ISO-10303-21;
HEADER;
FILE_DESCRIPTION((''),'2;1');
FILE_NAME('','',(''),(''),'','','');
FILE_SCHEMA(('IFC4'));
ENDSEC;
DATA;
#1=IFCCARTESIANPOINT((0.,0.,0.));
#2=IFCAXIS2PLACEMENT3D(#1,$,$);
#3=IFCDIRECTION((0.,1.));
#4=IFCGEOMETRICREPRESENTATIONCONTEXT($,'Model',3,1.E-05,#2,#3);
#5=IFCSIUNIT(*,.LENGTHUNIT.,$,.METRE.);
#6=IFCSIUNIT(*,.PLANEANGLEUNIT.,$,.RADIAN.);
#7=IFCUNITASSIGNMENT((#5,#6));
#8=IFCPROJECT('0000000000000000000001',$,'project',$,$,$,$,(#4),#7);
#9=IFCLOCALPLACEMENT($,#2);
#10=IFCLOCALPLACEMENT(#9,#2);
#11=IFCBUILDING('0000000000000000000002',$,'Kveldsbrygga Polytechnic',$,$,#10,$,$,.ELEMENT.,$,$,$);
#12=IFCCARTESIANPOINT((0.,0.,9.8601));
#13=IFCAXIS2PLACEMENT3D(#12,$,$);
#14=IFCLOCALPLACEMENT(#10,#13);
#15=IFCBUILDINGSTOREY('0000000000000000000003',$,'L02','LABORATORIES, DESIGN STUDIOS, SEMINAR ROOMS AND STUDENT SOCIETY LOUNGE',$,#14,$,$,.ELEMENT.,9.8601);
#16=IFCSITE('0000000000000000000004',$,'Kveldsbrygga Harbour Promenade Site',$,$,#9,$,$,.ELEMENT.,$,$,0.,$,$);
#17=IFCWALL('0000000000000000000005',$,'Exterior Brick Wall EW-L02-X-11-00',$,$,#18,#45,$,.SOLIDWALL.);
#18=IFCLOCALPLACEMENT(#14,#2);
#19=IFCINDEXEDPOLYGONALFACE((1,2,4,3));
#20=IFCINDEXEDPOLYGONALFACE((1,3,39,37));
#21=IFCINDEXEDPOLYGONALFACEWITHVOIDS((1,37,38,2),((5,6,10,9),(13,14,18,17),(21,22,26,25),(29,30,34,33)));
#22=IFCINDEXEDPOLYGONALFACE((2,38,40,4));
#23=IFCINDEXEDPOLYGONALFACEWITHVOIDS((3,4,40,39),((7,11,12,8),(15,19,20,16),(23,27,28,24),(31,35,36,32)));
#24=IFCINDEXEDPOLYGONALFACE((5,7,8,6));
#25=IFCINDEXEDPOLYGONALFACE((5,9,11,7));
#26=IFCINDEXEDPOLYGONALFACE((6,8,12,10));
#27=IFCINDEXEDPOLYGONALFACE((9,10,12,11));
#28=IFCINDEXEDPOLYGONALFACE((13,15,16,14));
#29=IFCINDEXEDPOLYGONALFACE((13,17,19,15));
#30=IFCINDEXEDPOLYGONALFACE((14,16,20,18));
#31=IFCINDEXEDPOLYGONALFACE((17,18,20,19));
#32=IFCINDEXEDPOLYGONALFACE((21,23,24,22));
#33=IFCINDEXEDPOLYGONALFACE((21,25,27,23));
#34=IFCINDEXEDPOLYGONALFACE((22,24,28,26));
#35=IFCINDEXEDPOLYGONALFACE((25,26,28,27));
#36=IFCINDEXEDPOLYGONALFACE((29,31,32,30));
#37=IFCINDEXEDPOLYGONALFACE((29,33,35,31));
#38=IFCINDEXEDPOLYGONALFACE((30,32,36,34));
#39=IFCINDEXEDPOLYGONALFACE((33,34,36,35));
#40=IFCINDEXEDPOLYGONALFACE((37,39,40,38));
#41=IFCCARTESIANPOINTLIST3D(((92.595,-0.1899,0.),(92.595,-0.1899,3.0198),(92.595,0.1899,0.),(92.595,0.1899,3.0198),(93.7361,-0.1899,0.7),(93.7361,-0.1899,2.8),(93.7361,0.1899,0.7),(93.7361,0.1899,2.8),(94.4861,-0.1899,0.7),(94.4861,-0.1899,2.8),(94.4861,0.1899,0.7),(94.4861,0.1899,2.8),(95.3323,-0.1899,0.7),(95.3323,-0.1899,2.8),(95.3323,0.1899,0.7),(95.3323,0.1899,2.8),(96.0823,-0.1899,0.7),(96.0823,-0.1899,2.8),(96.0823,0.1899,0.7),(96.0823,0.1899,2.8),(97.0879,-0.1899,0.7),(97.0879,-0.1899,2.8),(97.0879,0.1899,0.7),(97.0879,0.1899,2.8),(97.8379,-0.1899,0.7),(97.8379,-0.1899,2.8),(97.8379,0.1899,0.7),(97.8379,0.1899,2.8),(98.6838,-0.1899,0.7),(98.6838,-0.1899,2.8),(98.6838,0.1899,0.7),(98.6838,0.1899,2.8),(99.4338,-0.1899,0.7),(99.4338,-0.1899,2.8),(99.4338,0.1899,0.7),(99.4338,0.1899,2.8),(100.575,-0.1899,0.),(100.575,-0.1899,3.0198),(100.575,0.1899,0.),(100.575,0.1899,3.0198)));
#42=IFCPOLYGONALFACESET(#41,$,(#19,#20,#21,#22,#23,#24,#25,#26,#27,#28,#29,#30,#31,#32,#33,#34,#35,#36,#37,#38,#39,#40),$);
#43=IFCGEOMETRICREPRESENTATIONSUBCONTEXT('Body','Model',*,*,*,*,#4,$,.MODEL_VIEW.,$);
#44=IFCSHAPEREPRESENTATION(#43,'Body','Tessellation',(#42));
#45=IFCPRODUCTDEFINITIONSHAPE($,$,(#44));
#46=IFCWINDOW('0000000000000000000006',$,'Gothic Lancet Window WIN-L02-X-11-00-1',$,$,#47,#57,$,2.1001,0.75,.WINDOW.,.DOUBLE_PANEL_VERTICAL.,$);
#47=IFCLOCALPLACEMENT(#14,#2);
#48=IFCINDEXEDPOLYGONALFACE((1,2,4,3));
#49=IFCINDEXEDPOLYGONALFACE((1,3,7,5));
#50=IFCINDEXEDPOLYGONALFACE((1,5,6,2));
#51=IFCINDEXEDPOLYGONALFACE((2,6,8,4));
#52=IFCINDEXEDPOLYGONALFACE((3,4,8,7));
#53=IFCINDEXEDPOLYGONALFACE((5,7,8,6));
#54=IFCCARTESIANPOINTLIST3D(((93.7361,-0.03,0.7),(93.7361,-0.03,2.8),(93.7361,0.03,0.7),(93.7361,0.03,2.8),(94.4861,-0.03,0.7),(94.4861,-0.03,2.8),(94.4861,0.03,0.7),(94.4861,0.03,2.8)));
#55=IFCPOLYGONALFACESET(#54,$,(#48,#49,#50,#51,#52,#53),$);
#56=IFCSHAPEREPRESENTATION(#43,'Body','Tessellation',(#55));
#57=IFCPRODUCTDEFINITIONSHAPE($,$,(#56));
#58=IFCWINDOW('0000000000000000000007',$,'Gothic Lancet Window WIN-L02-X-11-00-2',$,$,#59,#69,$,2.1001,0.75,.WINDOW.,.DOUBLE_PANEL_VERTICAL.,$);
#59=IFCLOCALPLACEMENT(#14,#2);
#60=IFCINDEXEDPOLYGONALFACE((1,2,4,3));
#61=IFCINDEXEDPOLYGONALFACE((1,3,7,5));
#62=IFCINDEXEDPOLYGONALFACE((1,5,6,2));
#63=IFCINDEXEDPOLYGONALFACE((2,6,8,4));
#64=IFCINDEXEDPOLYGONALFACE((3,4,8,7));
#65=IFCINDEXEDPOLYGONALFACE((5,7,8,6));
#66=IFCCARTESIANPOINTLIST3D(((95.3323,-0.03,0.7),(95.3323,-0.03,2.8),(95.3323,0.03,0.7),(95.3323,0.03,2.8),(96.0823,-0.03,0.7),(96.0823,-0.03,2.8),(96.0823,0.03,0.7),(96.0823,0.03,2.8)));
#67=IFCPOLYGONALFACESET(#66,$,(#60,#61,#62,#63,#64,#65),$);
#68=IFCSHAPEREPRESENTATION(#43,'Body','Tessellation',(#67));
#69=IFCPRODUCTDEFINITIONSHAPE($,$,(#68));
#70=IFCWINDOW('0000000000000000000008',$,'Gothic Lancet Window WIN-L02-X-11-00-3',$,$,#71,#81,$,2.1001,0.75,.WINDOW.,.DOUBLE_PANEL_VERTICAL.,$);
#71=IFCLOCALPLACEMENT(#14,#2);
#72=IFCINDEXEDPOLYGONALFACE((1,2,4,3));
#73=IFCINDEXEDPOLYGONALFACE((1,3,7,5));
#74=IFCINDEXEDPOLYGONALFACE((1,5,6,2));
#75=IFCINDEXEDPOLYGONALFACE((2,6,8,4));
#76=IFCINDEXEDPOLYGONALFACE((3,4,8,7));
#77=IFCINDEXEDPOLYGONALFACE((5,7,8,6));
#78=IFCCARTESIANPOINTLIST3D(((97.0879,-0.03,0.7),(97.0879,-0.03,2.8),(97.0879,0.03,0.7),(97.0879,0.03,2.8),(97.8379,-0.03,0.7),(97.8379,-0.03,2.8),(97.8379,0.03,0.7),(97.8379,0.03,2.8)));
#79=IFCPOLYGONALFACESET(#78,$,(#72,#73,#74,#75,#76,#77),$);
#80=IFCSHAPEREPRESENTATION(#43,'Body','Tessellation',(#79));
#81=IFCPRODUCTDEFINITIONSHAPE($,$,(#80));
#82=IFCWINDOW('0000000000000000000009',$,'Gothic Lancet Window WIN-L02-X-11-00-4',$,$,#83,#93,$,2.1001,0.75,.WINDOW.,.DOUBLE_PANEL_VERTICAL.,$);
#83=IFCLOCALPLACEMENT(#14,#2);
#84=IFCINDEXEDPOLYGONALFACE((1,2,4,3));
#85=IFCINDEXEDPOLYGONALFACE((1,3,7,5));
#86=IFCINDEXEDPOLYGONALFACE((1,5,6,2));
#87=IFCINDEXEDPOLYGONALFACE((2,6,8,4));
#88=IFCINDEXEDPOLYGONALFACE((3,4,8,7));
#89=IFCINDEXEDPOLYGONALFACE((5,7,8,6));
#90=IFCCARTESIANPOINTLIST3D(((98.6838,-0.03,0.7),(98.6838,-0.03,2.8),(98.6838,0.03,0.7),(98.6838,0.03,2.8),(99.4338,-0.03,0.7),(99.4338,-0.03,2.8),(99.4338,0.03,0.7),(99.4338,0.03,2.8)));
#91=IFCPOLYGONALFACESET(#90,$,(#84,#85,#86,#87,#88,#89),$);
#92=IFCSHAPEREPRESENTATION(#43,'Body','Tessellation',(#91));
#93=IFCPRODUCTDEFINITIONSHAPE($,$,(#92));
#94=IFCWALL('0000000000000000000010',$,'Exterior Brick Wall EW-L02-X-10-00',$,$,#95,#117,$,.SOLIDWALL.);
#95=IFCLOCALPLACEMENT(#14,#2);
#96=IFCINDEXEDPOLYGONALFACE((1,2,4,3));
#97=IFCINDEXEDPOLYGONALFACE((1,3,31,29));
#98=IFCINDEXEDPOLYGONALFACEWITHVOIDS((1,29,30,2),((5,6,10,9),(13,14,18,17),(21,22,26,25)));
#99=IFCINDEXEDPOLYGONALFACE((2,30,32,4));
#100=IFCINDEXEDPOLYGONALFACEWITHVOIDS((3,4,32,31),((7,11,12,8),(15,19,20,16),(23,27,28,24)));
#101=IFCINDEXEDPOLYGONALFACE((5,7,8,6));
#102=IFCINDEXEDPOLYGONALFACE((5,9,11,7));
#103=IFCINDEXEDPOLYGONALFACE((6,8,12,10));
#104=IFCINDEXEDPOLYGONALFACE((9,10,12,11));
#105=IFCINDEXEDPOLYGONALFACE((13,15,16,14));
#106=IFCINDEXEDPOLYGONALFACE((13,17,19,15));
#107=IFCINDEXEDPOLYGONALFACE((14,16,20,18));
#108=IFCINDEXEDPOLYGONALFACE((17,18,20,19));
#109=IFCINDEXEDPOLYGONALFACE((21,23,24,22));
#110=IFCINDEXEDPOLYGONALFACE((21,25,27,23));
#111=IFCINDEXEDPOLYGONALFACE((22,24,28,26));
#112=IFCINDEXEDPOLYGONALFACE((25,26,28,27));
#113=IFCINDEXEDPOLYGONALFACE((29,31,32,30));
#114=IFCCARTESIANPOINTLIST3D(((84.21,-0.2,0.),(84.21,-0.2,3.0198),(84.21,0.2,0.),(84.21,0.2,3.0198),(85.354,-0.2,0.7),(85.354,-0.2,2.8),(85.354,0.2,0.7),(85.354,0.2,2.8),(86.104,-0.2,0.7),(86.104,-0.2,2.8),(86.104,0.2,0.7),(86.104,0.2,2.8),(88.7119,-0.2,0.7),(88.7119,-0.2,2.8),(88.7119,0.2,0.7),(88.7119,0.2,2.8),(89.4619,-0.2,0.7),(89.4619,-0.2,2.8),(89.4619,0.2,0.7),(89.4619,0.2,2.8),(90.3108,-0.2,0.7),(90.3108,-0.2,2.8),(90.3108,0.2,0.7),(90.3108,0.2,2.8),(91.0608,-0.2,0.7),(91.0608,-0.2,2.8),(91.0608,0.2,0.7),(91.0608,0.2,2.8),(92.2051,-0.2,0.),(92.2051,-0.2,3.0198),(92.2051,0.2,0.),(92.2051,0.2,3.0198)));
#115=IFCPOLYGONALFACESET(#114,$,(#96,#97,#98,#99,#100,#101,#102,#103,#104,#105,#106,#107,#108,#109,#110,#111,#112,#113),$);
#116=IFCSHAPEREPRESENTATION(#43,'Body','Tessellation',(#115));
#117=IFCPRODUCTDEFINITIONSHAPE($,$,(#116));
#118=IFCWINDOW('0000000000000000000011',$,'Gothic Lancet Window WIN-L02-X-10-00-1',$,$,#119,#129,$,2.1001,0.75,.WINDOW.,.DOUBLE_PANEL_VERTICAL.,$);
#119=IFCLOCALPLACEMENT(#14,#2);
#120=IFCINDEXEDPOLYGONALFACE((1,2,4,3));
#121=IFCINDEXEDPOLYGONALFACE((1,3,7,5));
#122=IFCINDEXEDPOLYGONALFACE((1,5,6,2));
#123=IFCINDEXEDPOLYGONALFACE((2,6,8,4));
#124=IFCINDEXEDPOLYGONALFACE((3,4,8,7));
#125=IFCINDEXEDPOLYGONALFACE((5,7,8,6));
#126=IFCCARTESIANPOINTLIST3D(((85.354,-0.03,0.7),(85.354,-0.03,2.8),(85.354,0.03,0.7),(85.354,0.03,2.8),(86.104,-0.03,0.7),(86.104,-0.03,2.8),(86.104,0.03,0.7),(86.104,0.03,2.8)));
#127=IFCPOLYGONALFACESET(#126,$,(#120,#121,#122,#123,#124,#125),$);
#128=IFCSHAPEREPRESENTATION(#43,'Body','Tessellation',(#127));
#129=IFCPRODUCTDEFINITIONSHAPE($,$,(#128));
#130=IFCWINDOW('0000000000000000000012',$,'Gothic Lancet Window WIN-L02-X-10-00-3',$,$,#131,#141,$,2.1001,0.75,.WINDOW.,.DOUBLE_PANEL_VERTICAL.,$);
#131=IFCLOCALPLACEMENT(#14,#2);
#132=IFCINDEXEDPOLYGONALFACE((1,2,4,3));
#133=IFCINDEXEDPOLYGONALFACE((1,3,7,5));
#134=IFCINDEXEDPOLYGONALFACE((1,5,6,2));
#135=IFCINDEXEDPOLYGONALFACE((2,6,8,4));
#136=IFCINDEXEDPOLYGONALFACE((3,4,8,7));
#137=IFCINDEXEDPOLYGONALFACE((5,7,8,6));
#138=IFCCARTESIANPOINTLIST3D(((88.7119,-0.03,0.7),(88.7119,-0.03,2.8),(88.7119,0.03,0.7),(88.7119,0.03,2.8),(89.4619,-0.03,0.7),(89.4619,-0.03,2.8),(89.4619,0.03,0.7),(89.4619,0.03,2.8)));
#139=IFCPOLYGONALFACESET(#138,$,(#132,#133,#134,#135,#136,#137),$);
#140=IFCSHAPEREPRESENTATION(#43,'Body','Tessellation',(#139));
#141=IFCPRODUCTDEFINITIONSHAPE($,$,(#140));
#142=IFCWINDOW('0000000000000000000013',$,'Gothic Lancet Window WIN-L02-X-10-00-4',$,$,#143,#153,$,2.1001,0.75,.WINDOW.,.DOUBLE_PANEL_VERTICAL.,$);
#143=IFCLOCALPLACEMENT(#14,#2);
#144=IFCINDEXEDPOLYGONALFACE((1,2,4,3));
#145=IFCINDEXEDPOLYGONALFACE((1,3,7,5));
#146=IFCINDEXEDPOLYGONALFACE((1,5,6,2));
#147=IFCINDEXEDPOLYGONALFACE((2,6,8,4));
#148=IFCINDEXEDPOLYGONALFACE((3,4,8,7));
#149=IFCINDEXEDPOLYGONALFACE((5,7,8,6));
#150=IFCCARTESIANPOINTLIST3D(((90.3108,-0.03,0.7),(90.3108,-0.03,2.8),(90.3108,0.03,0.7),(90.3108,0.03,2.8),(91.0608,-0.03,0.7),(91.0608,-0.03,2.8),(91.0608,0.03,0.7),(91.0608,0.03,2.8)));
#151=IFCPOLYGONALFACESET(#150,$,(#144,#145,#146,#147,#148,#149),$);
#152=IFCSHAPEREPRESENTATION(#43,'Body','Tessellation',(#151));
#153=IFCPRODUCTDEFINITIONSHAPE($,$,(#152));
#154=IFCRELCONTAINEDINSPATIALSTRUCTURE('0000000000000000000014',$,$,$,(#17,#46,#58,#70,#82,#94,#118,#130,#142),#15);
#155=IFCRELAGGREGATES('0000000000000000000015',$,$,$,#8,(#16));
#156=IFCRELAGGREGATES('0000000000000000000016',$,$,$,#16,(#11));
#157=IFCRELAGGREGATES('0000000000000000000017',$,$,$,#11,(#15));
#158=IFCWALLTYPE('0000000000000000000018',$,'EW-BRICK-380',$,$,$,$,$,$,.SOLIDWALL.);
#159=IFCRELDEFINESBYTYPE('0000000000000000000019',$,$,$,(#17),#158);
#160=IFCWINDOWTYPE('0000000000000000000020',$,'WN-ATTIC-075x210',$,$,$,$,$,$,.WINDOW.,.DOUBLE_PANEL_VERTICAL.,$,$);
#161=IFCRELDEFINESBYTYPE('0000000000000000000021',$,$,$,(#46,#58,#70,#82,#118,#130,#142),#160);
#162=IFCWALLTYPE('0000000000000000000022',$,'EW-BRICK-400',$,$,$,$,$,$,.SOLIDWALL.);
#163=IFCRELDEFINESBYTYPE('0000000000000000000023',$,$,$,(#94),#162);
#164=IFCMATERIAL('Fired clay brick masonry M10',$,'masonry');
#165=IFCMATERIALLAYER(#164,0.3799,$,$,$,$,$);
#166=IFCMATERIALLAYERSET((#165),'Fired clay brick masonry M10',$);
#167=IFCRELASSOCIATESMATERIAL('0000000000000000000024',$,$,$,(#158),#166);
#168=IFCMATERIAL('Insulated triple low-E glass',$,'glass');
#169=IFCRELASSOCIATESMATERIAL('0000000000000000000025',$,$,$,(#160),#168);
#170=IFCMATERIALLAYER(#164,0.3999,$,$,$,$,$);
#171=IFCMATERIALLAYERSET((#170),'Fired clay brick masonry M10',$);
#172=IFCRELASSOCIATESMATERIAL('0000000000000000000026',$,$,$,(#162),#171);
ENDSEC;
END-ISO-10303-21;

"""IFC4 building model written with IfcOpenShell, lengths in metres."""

from ifc_helpers import new_model, si_unit, direction, frame, frame_2d, origin, place, context, subcontext, project, spatial, rectangle, extrude, material, layer, layer_set, type_object, element, fill, save


model = new_model("IFC4")

# Units and contexts
model_context = context("Model", 3, precision=1e-05, world=origin(), true_north=direction((0.0, 1.0)))
body_context = subcontext(model_context, "Body", "Model", "MODEL_VIEW")
ifc_project = project(units=[si_unit("LENGTHUNIT", "METRE"), si_unit("PLANEANGLEUNIT", "RADIAN")], contexts=[model_context])

# Site, building, storey
site_placement = place(None, origin())
site = spatial("IfcSite", under=ifc_project, at=site_placement, Name="Kveldsbrygga Harbour Promenade Site", CompositionType="ELEMENT", RefElevation=0.0)
building_placement = place(site_placement, origin())
building = spatial("IfcBuilding", under=site, at=building_placement, Name="Kveldsbrygga Polytechnic", CompositionType="ELEMENT")
storey_placement = place(building_placement, frame((0.0, 0.0, 9.8601)))
storey = spatial("IfcBuildingStorey", under=building, at=storey_placement, Name="L02", Description="LABORATORIES, DESIGN STUDIOS, SEMINAR ROOMS AND STUDENT SOCIETY LOUNGE", CompositionType="ELEMENT", Elevation=9.8601)

# Shared definitions
ifc_material_1 = material(Name="Insulated triple low-E glass", Category="glass")

# Walls, openings, windows
ifc_material_2 = material(Name="Fired clay brick masonry M10", Category="masonry")
ifc_layer_1 = layer(ifc_material_2, 0.3799)
ifc_layer_set_1 = layer_set([ifc_layer_1], Name="Fired clay brick masonry M10")
wall_type_1 = type_object("IfcWallType", Name="EW-BRICK-380", PredefinedType="SOLIDWALL", material=ifc_layer_set_1)
wall_1_placement = place(storey_placement, frame((92.595, 0.0, 0.0), z_axis=(0.0, 0.0, 1.0), x_axis=(1.0, 0.0, 0.0)))
wall_1 = element("IfcWall", 1, at=wall_1_placement, inside=storey, type_object=wall_type_1, Name="Exterior Brick Wall EW-L02-X-11-00", PredefinedType="SOLIDWALL", context=body_context, shape_type="SweptSolid", body=[
    extrude(rectangle(XDim=7.98, YDim=0.3799, at=frame_2d((3.99, 0.0))), origin(), (0.0, 0.0, 1.0), 3.0198),
])
opening_1_placement = place(wall_1_placement, frame((1.1411, 0.0, 0.7)))
opening_1 = element("IfcOpeningElement", 2, at=opening_1_placement, cuts=wall_1, PredefinedType="OPENING", context=body_context, shape_type="SweptSolid", body=[
    extrude(rectangle(XDim=0.75, YDim=2.1001, at=frame_2d((0.375, 1.05))), frame((0.0, 0.2, 0.0), z_axis=(0.0, -1.0, 0.0), x_axis=(1.0, 0.0, 0.0)), (0.0, 0.0, 1.0), 0.3999),
])
opening_2_placement = place(wall_1_placement, frame((2.7373, 0.0, 0.7)))
opening_2 = element("IfcOpeningElement", 3, at=opening_2_placement, cuts=wall_1, PredefinedType="OPENING", context=body_context, shape_type="SweptSolid", body=[
    extrude(rectangle(XDim=0.75, YDim=2.1001, at=frame_2d((0.375, 1.05))), frame((0.0, 0.2, 0.0), z_axis=(0.0, -1.0, 0.0), x_axis=(1.0, 0.0, 0.0)), (0.0, 0.0, 1.0), 0.3999),
])
opening_3_placement = place(wall_1_placement, frame((4.4929, 0.0, 0.7)))
opening_3 = element("IfcOpeningElement", 4, at=opening_3_placement, cuts=wall_1, PredefinedType="OPENING", context=body_context, shape_type="SweptSolid", body=[
    extrude(rectangle(XDim=0.75, YDim=2.1001, at=frame_2d((0.375, 1.05))), frame((0.0, 0.2, 0.0), z_axis=(0.0, -1.0, 0.0), x_axis=(1.0, 0.0, 0.0)), (0.0, 0.0, 1.0), 0.3999),
])
opening_4_placement = place(wall_1_placement, frame((6.0889, 0.0, 0.7)))
opening_4 = element("IfcOpeningElement", 5, at=opening_4_placement, cuts=wall_1, PredefinedType="OPENING", context=body_context, shape_type="SweptSolid", body=[
    extrude(rectangle(XDim=0.75, YDim=2.1001, at=frame_2d((0.375, 1.05))), frame((0.0, 0.2, 0.0), z_axis=(0.0, -1.0, 0.0), x_axis=(1.0, 0.0, 0.0)), (0.0, 0.0, 1.0), 0.3999),
])
window_type = type_object("IfcWindowType", Name="WN-ATTIC-075x210", PartitioningType="DOUBLE_PANEL_VERTICAL", PredefinedType="WINDOW", material=ifc_material_1)
window_1_placement = place(opening_1_placement, origin())
window_1 = element("IfcWindow", 6, at=window_1_placement, inside=storey, type_object=window_type, Name="Gothic Lancet Window WIN-L02-X-11-00-1", OverallHeight=2.1001, OverallWidth=0.75, PartitioningType="DOUBLE_PANEL_VERTICAL", PredefinedType="WINDOW", context=body_context, shape_type="SweptSolid", body=[
    extrude(rectangle(XDim=0.75, YDim=2.1001, at=frame_2d((0.375, 1.05))), frame((0.0, 0.03, 0.0), z_axis=(0.0, -1.0, 0.0), x_axis=(1.0, 0.0, 0.0)), (0.0, 0.0, 1.0), 0.0601),
])
fill(opening_1, window_1)
window_2_placement = place(opening_2_placement, origin())
window_2 = element("IfcWindow", 7, at=window_2_placement, inside=storey, type_object=window_type, Name="Gothic Lancet Window WIN-L02-X-11-00-2", OverallHeight=2.1001, OverallWidth=0.75, PartitioningType="DOUBLE_PANEL_VERTICAL", PredefinedType="WINDOW", context=body_context, shape_type="SweptSolid", body=[
    extrude(rectangle(XDim=0.75, YDim=2.1001, at=frame_2d((0.375, 1.05))), frame((0.0, 0.03, 0.0), z_axis=(0.0, -1.0, 0.0), x_axis=(1.0, 0.0, 0.0)), (0.0, 0.0, 1.0), 0.0601),
])
fill(opening_2, window_2)
window_3_placement = place(opening_3_placement, origin())
window_3 = element("IfcWindow", 8, at=window_3_placement, inside=storey, type_object=window_type, Name="Gothic Lancet Window WIN-L02-X-11-00-3", OverallHeight=2.1001, OverallWidth=0.75, PartitioningType="DOUBLE_PANEL_VERTICAL", PredefinedType="WINDOW", context=body_context, shape_type="SweptSolid", body=[
    extrude(rectangle(XDim=0.75, YDim=2.1001, at=frame_2d((0.375, 1.05))), frame((0.0, 0.03, 0.0), z_axis=(0.0, -1.0, 0.0), x_axis=(1.0, 0.0, 0.0)), (0.0, 0.0, 1.0), 0.0601),
])
fill(opening_3, window_3)
window_4_placement = place(opening_4_placement, origin())
window_4 = element("IfcWindow", 9, at=window_4_placement, inside=storey, type_object=window_type, Name="Gothic Lancet Window WIN-L02-X-11-00-4", OverallHeight=2.1001, OverallWidth=0.75, PartitioningType="DOUBLE_PANEL_VERTICAL", PredefinedType="WINDOW", context=body_context, shape_type="SweptSolid", body=[
    extrude(rectangle(XDim=0.75, YDim=2.1001, at=frame_2d((0.375, 1.05))), frame((0.0, 0.03, 0.0), z_axis=(0.0, -1.0, 0.0), x_axis=(1.0, 0.0, 0.0)), (0.0, 0.0, 1.0), 0.0601),
])
fill(opening_4, window_4)
ifc_layer_2 = layer(ifc_material_2, 0.3999)
ifc_layer_set_2 = layer_set([ifc_layer_2], Name="Fired clay brick masonry M10")
wall_type_2 = type_object("IfcWallType", Name="EW-BRICK-400", PredefinedType="SOLIDWALL", material=ifc_layer_set_2)
wall_2_placement = place(storey_placement, frame((84.21, 0.0, 0.0), z_axis=(0.0, 0.0, 1.0), x_axis=(1.0, 0.0, 0.0)))
wall_2 = element("IfcWall", 10, at=wall_2_placement, inside=storey, type_object=wall_type_2, Name="Exterior Brick Wall EW-L02-X-10-00", PredefinedType="SOLIDWALL", context=body_context, shape_type="SweptSolid", body=[
    extrude(rectangle(XDim=7.9951, YDim=0.3999, at=frame_2d((3.9976, 0.0))), origin(), (0.0, 0.0, 1.0), 3.0198),
])
opening_5_placement = place(wall_2_placement, frame((1.144, 0.0, 0.7)))
opening_5 = element("IfcOpeningElement", 11, at=opening_5_placement, cuts=wall_2, PredefinedType="OPENING", context=body_context, shape_type="SweptSolid", body=[
    extrude(rectangle(XDim=0.75, YDim=2.1001, at=frame_2d((0.375, 1.05))), frame((0.0, 0.21, 0.0), z_axis=(0.0, -1.0, 0.0), x_axis=(1.0, 0.0, 0.0)), (0.0, 0.0, 1.0), 0.4199),
])
opening_6_placement = place(wall_2_placement, frame((4.502, 0.0, 0.7)))
opening_6 = element("IfcOpeningElement", 12, at=opening_6_placement, cuts=wall_2, PredefinedType="OPENING", context=body_context, shape_type="SweptSolid", body=[
    extrude(rectangle(XDim=0.75, YDim=2.1001, at=frame_2d((0.375, 1.05))), frame((0.0, 0.21, 0.0), z_axis=(0.0, -1.0, 0.0), x_axis=(1.0, 0.0, 0.0)), (0.0, 0.0, 1.0), 0.4199),
])
opening_7_placement = place(wall_2_placement, frame((6.1008, 0.0, 0.7)))
opening_7 = element("IfcOpeningElement", 13, at=opening_7_placement, cuts=wall_2, PredefinedType="OPENING", context=body_context, shape_type="SweptSolid", body=[
    extrude(rectangle(XDim=0.75, YDim=2.1001, at=frame_2d((0.375, 1.05))), frame((0.0, 0.21, 0.0), z_axis=(0.0, -1.0, 0.0), x_axis=(1.0, 0.0, 0.0)), (0.0, 0.0, 1.0), 0.4199),
])
window_5_placement = place(opening_5_placement, origin())
window_5 = element("IfcWindow", 14, at=window_5_placement, inside=storey, type_object=window_type, Name="Gothic Lancet Window WIN-L02-X-10-00-1", OverallHeight=2.1001, OverallWidth=0.75, PartitioningType="DOUBLE_PANEL_VERTICAL", PredefinedType="WINDOW", context=body_context, shape_type="SweptSolid", body=[
    extrude(rectangle(XDim=0.75, YDim=2.1001, at=frame_2d((0.375, 1.05))), frame((0.0, 0.03, 0.0), z_axis=(0.0, -1.0, 0.0), x_axis=(1.0, 0.0, 0.0)), (0.0, 0.0, 1.0), 0.0601),
])
fill(opening_5, window_5)
window_6_placement = place(opening_6_placement, origin())
window_6 = element("IfcWindow", 15, at=window_6_placement, inside=storey, type_object=window_type, Name="Gothic Lancet Window WIN-L02-X-10-00-3", OverallHeight=2.1001, OverallWidth=0.75, PartitioningType="DOUBLE_PANEL_VERTICAL", PredefinedType="WINDOW", context=body_context, shape_type="SweptSolid", body=[
    extrude(rectangle(XDim=0.75, YDim=2.1001, at=frame_2d((0.375, 1.05))), frame((0.0, 0.03, 0.0), z_axis=(0.0, -1.0, 0.0), x_axis=(1.0, 0.0, 0.0)), (0.0, 0.0, 1.0), 0.0601),
])
fill(opening_6, window_6)
window_7_placement = place(opening_7_placement, origin())
window_7 = element("IfcWindow", 16, at=window_7_placement, inside=storey, type_object=window_type, Name="Gothic Lancet Window WIN-L02-X-10-00-4", OverallHeight=2.1001, OverallWidth=0.75, PartitioningType="DOUBLE_PANEL_VERTICAL", PredefinedType="WINDOW", context=body_context, shape_type="SweptSolid", body=[
    extrude(rectangle(XDim=0.75, YDim=2.1001, at=frame_2d((0.375, 1.05))), frame((0.0, 0.03, 0.0), z_axis=(0.0, -1.0, 0.0), x_axis=(1.0, 0.0, 0.0)), (0.0, 0.0, 1.0), 0.0601),
])
fill(opening_7, window_7)

save(model, "model.ifc")
